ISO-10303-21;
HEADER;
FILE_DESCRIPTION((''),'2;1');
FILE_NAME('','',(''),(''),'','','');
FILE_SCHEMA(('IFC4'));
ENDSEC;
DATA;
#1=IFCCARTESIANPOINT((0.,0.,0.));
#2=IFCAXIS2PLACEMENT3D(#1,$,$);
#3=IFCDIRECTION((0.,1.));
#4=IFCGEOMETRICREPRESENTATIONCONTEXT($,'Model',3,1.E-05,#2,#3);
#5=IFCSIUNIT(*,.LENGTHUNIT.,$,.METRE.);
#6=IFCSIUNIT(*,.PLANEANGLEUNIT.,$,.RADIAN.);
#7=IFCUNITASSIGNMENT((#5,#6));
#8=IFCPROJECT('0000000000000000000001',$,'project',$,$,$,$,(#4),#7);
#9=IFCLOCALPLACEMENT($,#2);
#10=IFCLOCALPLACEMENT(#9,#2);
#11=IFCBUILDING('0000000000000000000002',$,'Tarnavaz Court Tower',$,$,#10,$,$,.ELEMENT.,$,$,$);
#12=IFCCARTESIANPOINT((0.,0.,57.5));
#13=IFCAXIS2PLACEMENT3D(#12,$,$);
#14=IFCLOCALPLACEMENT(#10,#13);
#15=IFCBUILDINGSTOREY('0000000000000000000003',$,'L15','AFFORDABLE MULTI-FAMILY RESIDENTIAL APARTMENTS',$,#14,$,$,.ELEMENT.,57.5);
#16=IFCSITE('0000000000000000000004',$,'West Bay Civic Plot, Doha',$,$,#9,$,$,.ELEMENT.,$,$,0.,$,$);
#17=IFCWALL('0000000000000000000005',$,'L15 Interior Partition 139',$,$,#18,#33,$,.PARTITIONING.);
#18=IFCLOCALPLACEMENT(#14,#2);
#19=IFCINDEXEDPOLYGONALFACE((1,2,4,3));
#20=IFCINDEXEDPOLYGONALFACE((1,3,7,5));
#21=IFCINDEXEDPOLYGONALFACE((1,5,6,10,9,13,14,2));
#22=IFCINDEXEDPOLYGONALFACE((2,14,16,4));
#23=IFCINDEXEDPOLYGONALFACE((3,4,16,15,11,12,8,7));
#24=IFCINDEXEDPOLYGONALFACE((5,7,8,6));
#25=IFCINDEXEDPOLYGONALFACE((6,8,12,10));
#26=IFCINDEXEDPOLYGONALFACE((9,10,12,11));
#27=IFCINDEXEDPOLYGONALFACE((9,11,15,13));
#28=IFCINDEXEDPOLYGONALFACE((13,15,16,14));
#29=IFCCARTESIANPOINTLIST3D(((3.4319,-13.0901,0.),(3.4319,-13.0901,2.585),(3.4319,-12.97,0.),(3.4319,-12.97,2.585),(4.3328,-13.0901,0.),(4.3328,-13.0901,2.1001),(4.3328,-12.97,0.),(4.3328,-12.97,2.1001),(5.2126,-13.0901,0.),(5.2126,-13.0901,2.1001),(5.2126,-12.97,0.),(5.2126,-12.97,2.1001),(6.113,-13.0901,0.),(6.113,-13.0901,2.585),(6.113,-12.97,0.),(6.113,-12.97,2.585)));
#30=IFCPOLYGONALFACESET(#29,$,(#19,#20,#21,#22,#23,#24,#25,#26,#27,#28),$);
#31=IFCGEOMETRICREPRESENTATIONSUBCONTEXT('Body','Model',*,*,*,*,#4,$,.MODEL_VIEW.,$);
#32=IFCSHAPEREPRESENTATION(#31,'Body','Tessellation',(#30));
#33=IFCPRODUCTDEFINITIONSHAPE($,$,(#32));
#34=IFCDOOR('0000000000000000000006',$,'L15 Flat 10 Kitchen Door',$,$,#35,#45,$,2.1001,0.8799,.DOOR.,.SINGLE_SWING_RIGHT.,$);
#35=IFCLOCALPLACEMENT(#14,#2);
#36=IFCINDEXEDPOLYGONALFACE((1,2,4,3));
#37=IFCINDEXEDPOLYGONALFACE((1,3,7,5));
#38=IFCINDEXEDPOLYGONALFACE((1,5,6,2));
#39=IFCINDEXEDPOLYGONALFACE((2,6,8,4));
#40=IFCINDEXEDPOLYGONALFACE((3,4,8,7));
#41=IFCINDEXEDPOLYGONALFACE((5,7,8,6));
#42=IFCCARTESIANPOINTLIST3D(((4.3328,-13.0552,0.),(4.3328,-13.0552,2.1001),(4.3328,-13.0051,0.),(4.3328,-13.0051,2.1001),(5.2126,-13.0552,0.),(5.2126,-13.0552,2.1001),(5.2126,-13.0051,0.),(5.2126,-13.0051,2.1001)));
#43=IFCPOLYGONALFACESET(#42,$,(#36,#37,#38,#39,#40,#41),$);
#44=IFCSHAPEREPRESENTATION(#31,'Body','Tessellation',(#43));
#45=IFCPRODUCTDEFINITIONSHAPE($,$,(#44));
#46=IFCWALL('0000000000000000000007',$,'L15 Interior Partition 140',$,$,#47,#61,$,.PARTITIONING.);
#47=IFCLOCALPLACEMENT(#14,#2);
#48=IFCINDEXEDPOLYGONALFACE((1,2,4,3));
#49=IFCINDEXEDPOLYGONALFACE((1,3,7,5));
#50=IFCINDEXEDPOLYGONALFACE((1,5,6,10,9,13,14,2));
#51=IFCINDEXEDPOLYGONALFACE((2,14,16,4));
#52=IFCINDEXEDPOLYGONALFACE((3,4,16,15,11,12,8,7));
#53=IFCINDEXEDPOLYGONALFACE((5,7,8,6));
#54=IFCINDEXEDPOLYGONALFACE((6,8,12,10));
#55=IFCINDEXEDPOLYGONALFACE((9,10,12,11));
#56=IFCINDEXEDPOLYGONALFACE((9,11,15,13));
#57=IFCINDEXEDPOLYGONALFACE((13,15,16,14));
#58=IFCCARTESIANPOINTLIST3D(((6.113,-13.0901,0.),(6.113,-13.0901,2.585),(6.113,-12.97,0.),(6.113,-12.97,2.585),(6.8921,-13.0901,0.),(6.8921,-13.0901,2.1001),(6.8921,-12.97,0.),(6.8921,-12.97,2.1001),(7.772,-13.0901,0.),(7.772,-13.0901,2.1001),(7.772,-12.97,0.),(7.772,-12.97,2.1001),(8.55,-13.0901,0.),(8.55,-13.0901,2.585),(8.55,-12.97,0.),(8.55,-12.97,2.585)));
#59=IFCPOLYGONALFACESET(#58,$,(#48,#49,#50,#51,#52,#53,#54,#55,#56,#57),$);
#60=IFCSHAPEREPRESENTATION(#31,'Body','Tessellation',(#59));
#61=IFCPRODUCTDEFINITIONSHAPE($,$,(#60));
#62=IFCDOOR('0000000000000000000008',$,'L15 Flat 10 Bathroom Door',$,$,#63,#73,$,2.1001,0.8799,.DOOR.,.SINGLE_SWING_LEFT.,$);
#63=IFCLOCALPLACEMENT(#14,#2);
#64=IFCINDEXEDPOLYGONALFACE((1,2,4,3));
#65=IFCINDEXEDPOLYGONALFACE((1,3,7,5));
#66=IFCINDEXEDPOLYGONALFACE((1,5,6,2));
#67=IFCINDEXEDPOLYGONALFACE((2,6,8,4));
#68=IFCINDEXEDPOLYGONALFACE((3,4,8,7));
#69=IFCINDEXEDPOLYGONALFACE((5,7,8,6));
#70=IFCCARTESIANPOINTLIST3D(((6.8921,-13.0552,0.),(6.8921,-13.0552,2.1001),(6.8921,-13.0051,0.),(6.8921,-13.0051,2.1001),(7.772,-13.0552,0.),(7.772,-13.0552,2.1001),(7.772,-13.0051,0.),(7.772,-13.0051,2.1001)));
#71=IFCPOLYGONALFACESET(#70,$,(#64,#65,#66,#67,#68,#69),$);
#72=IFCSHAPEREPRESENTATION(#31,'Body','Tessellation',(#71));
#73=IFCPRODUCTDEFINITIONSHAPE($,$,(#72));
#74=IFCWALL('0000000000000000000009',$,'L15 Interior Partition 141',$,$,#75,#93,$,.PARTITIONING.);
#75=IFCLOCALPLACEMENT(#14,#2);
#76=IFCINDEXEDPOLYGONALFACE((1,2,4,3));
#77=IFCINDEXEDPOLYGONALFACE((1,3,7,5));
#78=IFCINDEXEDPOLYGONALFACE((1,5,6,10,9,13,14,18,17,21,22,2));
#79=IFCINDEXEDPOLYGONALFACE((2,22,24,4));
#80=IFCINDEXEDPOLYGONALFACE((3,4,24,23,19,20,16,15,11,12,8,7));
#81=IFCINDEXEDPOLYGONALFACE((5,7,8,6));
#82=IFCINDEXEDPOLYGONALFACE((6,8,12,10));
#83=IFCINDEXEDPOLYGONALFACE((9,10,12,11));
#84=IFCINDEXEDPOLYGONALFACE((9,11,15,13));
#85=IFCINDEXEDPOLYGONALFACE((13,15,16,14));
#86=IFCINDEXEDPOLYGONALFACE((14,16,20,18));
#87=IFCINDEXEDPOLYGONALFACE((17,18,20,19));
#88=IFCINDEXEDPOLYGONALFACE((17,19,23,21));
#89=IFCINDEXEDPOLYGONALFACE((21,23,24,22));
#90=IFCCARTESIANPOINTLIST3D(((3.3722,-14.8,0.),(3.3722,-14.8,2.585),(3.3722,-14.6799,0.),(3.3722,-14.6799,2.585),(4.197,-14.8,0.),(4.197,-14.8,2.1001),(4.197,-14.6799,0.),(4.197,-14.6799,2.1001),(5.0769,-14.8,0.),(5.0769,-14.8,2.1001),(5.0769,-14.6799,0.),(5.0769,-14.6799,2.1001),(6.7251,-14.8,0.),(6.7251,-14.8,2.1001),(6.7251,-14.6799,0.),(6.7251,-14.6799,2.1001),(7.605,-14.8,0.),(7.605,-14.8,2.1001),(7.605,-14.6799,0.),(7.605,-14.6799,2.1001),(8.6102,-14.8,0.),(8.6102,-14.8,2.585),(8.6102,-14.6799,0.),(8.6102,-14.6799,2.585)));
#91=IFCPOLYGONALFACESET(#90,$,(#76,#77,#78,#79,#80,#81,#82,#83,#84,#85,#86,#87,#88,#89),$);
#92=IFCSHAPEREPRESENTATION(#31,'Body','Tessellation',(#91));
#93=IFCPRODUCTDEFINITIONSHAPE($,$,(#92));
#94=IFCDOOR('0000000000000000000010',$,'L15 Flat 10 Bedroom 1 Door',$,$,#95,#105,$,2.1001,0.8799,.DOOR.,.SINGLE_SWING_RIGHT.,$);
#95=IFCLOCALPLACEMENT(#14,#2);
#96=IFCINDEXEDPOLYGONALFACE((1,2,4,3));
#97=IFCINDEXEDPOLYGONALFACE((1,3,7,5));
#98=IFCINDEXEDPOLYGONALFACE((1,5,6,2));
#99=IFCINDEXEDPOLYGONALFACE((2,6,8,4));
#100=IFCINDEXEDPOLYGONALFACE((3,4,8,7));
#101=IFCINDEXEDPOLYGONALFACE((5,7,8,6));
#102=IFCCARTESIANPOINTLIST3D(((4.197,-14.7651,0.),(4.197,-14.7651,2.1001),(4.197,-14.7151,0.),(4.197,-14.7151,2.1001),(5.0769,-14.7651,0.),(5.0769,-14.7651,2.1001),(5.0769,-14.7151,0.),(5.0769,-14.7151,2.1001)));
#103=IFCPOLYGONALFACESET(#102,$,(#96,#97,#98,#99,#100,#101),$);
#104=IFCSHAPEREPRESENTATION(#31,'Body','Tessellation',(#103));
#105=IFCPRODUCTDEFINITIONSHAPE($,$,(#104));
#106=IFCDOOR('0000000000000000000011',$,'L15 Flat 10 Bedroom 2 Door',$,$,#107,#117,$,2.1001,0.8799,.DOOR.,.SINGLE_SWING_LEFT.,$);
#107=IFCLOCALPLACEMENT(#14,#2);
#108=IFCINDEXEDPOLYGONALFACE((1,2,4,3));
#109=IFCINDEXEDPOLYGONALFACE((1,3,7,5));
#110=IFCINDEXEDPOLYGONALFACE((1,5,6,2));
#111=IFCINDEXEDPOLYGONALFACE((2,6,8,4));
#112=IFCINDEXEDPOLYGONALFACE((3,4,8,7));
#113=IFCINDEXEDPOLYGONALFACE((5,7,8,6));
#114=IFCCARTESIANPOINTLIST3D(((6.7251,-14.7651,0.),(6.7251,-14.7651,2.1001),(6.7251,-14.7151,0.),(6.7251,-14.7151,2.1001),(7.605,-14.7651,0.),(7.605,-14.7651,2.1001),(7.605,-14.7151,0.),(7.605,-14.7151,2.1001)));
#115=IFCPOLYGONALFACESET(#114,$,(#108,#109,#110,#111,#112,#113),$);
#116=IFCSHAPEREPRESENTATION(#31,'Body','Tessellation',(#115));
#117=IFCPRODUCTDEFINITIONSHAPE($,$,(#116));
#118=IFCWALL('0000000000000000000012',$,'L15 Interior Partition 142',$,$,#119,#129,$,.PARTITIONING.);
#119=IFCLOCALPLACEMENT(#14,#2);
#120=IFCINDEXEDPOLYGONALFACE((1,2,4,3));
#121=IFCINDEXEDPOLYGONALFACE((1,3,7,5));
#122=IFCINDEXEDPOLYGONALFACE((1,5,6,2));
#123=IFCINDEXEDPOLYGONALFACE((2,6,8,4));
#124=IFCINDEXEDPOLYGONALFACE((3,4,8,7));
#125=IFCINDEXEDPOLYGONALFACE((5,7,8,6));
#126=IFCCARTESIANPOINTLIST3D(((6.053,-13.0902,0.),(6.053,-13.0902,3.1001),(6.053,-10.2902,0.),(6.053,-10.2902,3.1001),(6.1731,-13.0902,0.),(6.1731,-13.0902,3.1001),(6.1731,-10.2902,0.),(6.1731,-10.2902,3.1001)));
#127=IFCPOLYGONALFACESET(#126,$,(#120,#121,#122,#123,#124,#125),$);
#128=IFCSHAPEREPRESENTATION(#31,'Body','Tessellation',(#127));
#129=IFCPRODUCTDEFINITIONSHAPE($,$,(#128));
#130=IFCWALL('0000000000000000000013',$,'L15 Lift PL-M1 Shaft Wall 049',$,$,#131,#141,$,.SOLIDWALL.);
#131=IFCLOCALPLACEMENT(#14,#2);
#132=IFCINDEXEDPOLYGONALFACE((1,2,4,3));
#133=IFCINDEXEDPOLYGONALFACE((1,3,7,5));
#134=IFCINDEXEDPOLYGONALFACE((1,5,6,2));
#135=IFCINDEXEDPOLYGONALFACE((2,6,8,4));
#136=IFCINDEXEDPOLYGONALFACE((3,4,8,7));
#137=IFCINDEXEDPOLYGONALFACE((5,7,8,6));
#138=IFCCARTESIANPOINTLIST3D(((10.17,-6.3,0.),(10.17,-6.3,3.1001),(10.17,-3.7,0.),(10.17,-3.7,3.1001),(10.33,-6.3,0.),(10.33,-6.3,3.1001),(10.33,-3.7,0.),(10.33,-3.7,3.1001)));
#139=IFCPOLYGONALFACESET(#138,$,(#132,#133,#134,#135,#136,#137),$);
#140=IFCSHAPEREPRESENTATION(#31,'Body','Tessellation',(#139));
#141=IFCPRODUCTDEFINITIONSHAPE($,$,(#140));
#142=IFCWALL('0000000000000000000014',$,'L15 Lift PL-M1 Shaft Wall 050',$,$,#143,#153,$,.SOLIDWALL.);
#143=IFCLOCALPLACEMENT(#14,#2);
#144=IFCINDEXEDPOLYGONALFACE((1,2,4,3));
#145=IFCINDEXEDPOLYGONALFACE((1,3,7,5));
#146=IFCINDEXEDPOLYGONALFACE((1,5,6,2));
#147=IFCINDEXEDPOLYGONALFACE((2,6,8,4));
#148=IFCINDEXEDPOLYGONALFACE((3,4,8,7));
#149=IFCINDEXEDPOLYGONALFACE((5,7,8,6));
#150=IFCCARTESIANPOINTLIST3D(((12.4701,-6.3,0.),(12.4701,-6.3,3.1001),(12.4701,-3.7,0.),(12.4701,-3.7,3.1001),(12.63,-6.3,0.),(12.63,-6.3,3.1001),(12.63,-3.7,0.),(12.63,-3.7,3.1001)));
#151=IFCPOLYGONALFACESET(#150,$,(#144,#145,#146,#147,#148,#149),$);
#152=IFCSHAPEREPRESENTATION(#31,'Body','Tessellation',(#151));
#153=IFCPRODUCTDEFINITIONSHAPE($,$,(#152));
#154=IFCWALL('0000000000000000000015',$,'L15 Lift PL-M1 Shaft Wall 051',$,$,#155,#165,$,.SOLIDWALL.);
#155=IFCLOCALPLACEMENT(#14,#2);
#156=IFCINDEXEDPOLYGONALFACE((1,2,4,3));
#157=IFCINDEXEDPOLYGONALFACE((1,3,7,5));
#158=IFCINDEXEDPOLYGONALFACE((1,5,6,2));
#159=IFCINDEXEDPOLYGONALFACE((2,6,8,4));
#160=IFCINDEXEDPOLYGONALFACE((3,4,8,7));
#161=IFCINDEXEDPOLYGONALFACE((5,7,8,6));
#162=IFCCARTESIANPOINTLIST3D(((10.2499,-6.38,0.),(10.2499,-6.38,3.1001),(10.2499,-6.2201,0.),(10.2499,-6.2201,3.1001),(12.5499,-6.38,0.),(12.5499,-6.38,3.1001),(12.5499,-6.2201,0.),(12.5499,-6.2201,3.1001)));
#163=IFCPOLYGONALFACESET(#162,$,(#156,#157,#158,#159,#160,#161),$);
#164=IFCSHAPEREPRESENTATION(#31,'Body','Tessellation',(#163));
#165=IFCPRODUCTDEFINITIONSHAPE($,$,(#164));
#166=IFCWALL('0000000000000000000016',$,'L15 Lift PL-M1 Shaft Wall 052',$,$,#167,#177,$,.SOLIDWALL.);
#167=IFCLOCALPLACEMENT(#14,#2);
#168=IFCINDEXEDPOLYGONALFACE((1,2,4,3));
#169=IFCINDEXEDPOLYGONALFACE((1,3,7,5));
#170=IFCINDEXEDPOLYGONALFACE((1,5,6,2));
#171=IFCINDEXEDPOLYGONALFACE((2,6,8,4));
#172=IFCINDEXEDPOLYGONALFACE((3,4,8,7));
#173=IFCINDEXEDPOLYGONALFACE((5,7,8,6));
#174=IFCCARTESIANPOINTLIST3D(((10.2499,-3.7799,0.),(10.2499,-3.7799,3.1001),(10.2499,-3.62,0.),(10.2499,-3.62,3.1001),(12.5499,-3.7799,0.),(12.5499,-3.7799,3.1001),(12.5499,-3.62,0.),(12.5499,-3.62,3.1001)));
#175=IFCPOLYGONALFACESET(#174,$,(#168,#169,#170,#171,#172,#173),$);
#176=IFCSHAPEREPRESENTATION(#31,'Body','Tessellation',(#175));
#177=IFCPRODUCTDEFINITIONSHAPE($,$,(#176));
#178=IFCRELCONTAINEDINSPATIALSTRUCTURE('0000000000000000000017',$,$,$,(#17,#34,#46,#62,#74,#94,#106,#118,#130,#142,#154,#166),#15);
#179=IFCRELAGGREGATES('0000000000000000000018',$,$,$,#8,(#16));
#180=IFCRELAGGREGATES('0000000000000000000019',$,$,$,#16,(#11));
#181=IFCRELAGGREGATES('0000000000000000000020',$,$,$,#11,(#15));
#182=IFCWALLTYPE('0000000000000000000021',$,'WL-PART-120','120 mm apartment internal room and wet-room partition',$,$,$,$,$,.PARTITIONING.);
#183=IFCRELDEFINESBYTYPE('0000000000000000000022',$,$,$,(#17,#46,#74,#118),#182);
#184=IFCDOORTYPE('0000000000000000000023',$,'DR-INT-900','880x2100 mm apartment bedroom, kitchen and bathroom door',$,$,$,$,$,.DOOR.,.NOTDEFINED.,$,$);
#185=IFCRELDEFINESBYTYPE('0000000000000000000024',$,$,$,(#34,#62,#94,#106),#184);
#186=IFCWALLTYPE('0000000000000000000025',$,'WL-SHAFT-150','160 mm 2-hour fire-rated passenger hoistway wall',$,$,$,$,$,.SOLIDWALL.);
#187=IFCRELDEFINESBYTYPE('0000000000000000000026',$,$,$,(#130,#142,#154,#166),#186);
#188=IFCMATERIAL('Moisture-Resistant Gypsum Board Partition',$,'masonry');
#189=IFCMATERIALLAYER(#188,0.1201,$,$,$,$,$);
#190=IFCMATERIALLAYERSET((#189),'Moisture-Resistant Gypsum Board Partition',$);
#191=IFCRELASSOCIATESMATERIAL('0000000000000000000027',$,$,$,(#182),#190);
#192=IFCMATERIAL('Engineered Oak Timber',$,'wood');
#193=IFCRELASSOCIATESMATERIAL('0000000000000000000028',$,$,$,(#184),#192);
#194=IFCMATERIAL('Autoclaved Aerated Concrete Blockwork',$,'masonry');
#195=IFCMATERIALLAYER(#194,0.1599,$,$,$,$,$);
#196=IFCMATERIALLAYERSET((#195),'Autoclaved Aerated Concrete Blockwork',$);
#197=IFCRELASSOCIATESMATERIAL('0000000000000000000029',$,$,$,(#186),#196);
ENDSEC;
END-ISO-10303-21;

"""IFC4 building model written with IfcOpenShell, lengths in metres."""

from ifc_helpers import new_model, si_unit, direction, frame, frame_2d, origin, place, context, subcontext, project, spatial, rectangle, extrude, material, layer, layer_set, type_object, element, fill, save


model = new_model("IFC4")

# Units and contexts
model_context = context("Model", 3, precision=1e-05, world=origin(), true_north=direction((0.0, 1.0)))
body_context = subcontext(model_context, "Body", "Model", "MODEL_VIEW")
ifc_project = project(units=[si_unit("LENGTHUNIT", "METRE"), si_unit("PLANEANGLEUNIT", "RADIAN")], contexts=[model_context])

# Site, building, storey
site_placement = place(None, origin())
site = spatial("IfcSite", under=ifc_project, at=site_placement, Name="West Bay Civic Plot, Doha", CompositionType="ELEMENT", RefElevation=0.0)
building_placement = place(site_placement, origin())
building = spatial("IfcBuilding", under=site, at=building_placement, Name="Tarnavaz Court Tower", CompositionType="ELEMENT")
storey_placement = place(building_placement, frame((0.0, 0.0, 57.5)))
storey = spatial("IfcBuildingStorey", under=building, at=storey_placement, Name="L15", Description="AFFORDABLE MULTI-FAMILY RESIDENTIAL APARTMENTS", CompositionType="ELEMENT", Elevation=57.5)

# Shared definitions
ifc_material_1 = material(Name="Moisture-Resistant Gypsum Board Partition", Category="masonry")
ifc_layer_1 = layer(ifc_material_1, 0.1201)
ifc_layer_set_1 = layer_set([ifc_layer_1], Name="Moisture-Resistant Gypsum Board Partition")
wall_type_1 = type_object("IfcWallType", Name="WL-PART-120", Description="120 mm apartment internal room and wet-room partition", PredefinedType="PARTITIONING", material=ifc_layer_set_1)
ifc_material_2 = material(Name="Engineered Oak Timber", Category="wood")
door_type_1 = type_object("IfcDoorType", Name="DR-INT-900", Description="880x2100 mm apartment bedroom, kitchen and bathroom door", OperationType="NOTDEFINED", PredefinedType="DOOR", material=ifc_material_2)

# Walls, openings, doors
wall_1_placement = place(storey_placement, frame((3.4319, -13.03, 0.0), z_axis=(0.0, 0.0, 1.0), x_axis=(1.0, 0.0, 0.0)))
wall_1 = element("IfcWall", 1, at=wall_1_placement, inside=storey, type_object=wall_type_1, Name="L15 Interior Partition 139", PredefinedType="PARTITIONING", context=body_context, shape_type="SweptSolid", body=[
    extrude(rectangle(XDim=2.6812, YDim=0.1201, at=frame_2d((1.3406, 0.0))), origin(), (0.0, 0.0, 1.0), 2.585),
])
opening_1_placement = place(wall_1_placement, frame((0.9009, 0.0, 0.0)))
opening_1 = element("IfcOpeningElement", 2, at=opening_1_placement, cuts=wall_1, PredefinedType="OPENING", context=body_context, shape_type="SweptSolid", body=[
    extrude(rectangle(XDim=0.8799, YDim=2.1001, at=frame_2d((0.4399, 1.05))), frame((0.0, 0.0701, 0.0), z_axis=(0.0, -1.0, 0.0), x_axis=(1.0, 0.0, 0.0)), (0.0, 0.0, 1.0), 0.1401),
])
door_1_placement = place(opening_1_placement, origin())
door_1 = element("IfcDoor", 3, at=door_1_placement, inside=storey, type_object=door_type_1, Name="L15 Flat 10 Kitchen Door", OperationType="SINGLE_SWING_RIGHT", OverallHeight=2.1001, OverallWidth=0.8799, PredefinedType="DOOR", context=body_context, shape_type="SweptSolid", body=[
    extrude(rectangle(XDim=0.8799, YDim=2.1001, at=frame_2d((0.4399, 1.05))), frame((0.0, 0.0249, 0.0), z_axis=(0.0, -1.0, 0.0), x_axis=(1.0, 0.0, 0.0)), (0.0, 0.0, 1.0), 0.05),
])
fill(opening_1, door_1)
wall_2_placement = place(storey_placement, frame((6.113, -13.03, 0.0), z_axis=(0.0, 0.0, 1.0), x_axis=(1.0, 0.0, 0.0)))
wall_2 = element("IfcWall", 4, at=wall_2_placement, inside=storey, type_object=wall_type_1, Name="L15 Interior Partition 140", PredefinedType="PARTITIONING", context=body_context, shape_type="SweptSolid", body=[
    extrude(rectangle(XDim=2.437, YDim=0.1201, at=frame_2d((1.2185, 0.0))), origin(), (0.0, 0.0, 1.0), 2.585),
])
opening_2_placement = place(wall_2_placement, frame((0.7791, 0.0, 0.0)))
opening_2 = element("IfcOpeningElement", 5, at=opening_2_placement, cuts=wall_2, PredefinedType="OPENING", context=body_context, shape_type="SweptSolid", body=[
    extrude(rectangle(XDim=0.8799, YDim=2.1001, at=frame_2d((0.4399, 1.05))), frame((0.0, 0.0701, 0.0), z_axis=(0.0, -1.0, 0.0), x_axis=(1.0, 0.0, 0.0)), (0.0, 0.0, 1.0), 0.1401),
])
door_2_placement = place(opening_2_placement, origin())
door_2 = element("IfcDoor", 6, at=door_2_placement, inside=storey, type_object=door_type_1, Name="L15 Flat 10 Bathroom Door", OperationType="SINGLE_SWING_LEFT", OverallHeight=2.1001, OverallWidth=0.8799, PredefinedType="DOOR", context=body_context, shape_type="SweptSolid", body=[
    extrude(rectangle(XDim=0.8799, YDim=2.1001, at=frame_2d((0.4399, 1.05))), frame((0.0, 0.0249, 0.0), z_axis=(0.0, -1.0, 0.0), x_axis=(1.0, 0.0, 0.0)), (0.0, 0.0, 1.0), 0.05),
])
fill(opening_2, door_2)

# Wall, openings, doors
wall_3_placement = place(storey_placement, frame((3.3721, -14.74, 0.0), z_axis=(0.0, 0.0, 1.0), x_axis=(1.0, 0.0, 0.0)))
wall_3 = element("IfcWall", 7, at=wall_3_placement, inside=storey, type_object=wall_type_1, Name="L15 Interior Partition 141", PredefinedType="PARTITIONING", context=body_context, shape_type="SweptSolid", body=[
    extrude(rectangle(XDim=5.238, YDim=0.1201, at=frame_2d((2.6191, 0.0))), origin(), (0.0, 0.0, 1.0), 2.585),
])
opening_3_placement = place(wall_3_placement, frame((0.825, 0.0, 0.0)))
opening_3 = element("IfcOpeningElement", 8, at=opening_3_placement, cuts=wall_3, PredefinedType="OPENING", context=body_context, shape_type="SweptSolid", body=[
    extrude(rectangle(XDim=0.8799, YDim=2.1001, at=frame_2d((0.4399, 1.05))), frame((0.0, 0.0701, 0.0), z_axis=(0.0, -1.0, 0.0), x_axis=(1.0, 0.0, 0.0)), (0.0, 0.0, 1.0), 0.1401),
])
opening_4_placement = place(wall_3_placement, frame((3.353, 0.0, 0.0)))
opening_4 = element("IfcOpeningElement", 9, at=opening_4_placement, cuts=wall_3, PredefinedType="OPENING", context=body_context, shape_type="SweptSolid", body=[
    extrude(rectangle(XDim=0.8799, YDim=2.1001, at=frame_2d((0.4399, 1.05))), frame((0.0, 0.0701, 0.0), z_axis=(0.0, -1.0, 0.0), x_axis=(1.0, 0.0, 0.0)), (0.0, 0.0, 1.0), 0.1401),
])
door_3_placement = place(opening_3_placement, origin())
door_3 = element("IfcDoor", 10, at=door_3_placement, inside=storey, type_object=door_type_1, Name="L15 Flat 10 Bedroom 1 Door", OperationType="SINGLE_SWING_RIGHT", OverallHeight=2.1001, OverallWidth=0.8799, PredefinedType="DOOR", context=body_context, shape_type="SweptSolid", body=[
    extrude(rectangle(XDim=0.8799, YDim=2.1001, at=frame_2d((0.4399, 1.05))), frame((0.0, 0.0249, 0.0), z_axis=(0.0, -1.0, 0.0), x_axis=(1.0, 0.0, 0.0)), (0.0, 0.0, 1.0), 0.05),
])
fill(opening_3, door_3)
door_4_placement = place(opening_4_placement, origin())
door_4 = element("IfcDoor", 11, at=door_4_placement, inside=storey, type_object=door_type_1, Name="L15 Flat 10 Bedroom 2 Door", OperationType="SINGLE_SWING_LEFT", OverallHeight=2.1001, OverallWidth=0.8799, PredefinedType="DOOR", context=body_context, shape_type="SweptSolid", body=[
    extrude(rectangle(XDim=0.8799, YDim=2.1001, at=frame_2d((0.4399, 1.05))), frame((0.0, 0.0249, 0.0), z_axis=(0.0, -1.0, 0.0), x_axis=(1.0, 0.0, 0.0)), (0.0, 0.0, 1.0), 0.05),
])
fill(opening_4, door_4)

# Walls
wall_4_placement = place(storey_placement, frame((6.113, -13.0901, 0.0), z_axis=(0.0, 0.0, 1.0), x_axis=(0.0, 1.0, 0.0)))
element("IfcWall", 12, at=wall_4_placement, inside=storey, type_object=wall_type_1, Name="L15 Interior Partition 142", PredefinedType="PARTITIONING", context=body_context, shape_type="SweptSolid", body=[
    extrude(rectangle(XDim=2.8, YDim=0.1201, at=frame_2d((1.3999, 0.0))), origin(), (0.0, 0.0, 1.0), 3.1001),
])
ifc_material_3 = material(Name="Autoclaved Aerated Concrete Blockwork", Category="masonry")
ifc_layer_2 = layer(ifc_material_3, 0.1599)
ifc_layer_set_2 = layer_set([ifc_layer_2], Name="Autoclaved Aerated Concrete Blockwork")
wall_type_2 = type_object("IfcWallType", Name="WL-SHAFT-150", Description="160 mm 2-hour fire-rated passenger hoistway wall", PredefinedType="SOLIDWALL", material=ifc_layer_set_2)
for number, where, z_axis, x_axis, name in (
    (13, (10.25, -6.3, 0.0), (0.0, 0.0, 1.0), (0.0, 1.0, 0.0), "L15 Lift PL-M1 Shaft Wall 049"),
    (14, (12.55, -6.3, 0.0), (0.0, 0.0, 1.0), (0.0, 1.0, 0.0), "L15 Lift PL-M1 Shaft Wall 050"),
):
    element("IfcWall", number, at=place(storey_placement, frame(where, z_axis=z_axis, x_axis=x_axis)), inside=storey, type_object=wall_type_2, Name=name, PredefinedType="SOLIDWALL", context=body_context, shape_type="SweptSolid", body=[
        extrude(rectangle(XDim=2.6001, YDim=0.1599, at=frame_2d((1.3, 0.0))), origin(), (0.0, 0.0, 1.0), 3.1001),
    ])
for number, where, z_axis, x_axis, name in (
    (15, (10.25, -6.3, 0.0), (0.0, 0.0, 1.0), (1.0, 0.0, 0.0), "L15 Lift PL-M1 Shaft Wall 051"),
    (16, (10.25, -3.7, 0.0), (0.0, 0.0, 1.0), (1.0, 0.0, 0.0), "L15 Lift PL-M1 Shaft Wall 052"),
):
    element("IfcWall", number, at=place(storey_placement, frame(where, z_axis=z_axis, x_axis=x_axis)), inside=storey, type_object=wall_type_2, Name=name, PredefinedType="SOLIDWALL", context=body_context, shape_type="SweptSolid", body=[
        extrude(rectangle(XDim=2.3, YDim=0.1599, at=frame_2d((1.1499, 0.0))), origin(), (0.0, 0.0, 1.0), 3.1001),
    ])

save(model, "model.ifc")
